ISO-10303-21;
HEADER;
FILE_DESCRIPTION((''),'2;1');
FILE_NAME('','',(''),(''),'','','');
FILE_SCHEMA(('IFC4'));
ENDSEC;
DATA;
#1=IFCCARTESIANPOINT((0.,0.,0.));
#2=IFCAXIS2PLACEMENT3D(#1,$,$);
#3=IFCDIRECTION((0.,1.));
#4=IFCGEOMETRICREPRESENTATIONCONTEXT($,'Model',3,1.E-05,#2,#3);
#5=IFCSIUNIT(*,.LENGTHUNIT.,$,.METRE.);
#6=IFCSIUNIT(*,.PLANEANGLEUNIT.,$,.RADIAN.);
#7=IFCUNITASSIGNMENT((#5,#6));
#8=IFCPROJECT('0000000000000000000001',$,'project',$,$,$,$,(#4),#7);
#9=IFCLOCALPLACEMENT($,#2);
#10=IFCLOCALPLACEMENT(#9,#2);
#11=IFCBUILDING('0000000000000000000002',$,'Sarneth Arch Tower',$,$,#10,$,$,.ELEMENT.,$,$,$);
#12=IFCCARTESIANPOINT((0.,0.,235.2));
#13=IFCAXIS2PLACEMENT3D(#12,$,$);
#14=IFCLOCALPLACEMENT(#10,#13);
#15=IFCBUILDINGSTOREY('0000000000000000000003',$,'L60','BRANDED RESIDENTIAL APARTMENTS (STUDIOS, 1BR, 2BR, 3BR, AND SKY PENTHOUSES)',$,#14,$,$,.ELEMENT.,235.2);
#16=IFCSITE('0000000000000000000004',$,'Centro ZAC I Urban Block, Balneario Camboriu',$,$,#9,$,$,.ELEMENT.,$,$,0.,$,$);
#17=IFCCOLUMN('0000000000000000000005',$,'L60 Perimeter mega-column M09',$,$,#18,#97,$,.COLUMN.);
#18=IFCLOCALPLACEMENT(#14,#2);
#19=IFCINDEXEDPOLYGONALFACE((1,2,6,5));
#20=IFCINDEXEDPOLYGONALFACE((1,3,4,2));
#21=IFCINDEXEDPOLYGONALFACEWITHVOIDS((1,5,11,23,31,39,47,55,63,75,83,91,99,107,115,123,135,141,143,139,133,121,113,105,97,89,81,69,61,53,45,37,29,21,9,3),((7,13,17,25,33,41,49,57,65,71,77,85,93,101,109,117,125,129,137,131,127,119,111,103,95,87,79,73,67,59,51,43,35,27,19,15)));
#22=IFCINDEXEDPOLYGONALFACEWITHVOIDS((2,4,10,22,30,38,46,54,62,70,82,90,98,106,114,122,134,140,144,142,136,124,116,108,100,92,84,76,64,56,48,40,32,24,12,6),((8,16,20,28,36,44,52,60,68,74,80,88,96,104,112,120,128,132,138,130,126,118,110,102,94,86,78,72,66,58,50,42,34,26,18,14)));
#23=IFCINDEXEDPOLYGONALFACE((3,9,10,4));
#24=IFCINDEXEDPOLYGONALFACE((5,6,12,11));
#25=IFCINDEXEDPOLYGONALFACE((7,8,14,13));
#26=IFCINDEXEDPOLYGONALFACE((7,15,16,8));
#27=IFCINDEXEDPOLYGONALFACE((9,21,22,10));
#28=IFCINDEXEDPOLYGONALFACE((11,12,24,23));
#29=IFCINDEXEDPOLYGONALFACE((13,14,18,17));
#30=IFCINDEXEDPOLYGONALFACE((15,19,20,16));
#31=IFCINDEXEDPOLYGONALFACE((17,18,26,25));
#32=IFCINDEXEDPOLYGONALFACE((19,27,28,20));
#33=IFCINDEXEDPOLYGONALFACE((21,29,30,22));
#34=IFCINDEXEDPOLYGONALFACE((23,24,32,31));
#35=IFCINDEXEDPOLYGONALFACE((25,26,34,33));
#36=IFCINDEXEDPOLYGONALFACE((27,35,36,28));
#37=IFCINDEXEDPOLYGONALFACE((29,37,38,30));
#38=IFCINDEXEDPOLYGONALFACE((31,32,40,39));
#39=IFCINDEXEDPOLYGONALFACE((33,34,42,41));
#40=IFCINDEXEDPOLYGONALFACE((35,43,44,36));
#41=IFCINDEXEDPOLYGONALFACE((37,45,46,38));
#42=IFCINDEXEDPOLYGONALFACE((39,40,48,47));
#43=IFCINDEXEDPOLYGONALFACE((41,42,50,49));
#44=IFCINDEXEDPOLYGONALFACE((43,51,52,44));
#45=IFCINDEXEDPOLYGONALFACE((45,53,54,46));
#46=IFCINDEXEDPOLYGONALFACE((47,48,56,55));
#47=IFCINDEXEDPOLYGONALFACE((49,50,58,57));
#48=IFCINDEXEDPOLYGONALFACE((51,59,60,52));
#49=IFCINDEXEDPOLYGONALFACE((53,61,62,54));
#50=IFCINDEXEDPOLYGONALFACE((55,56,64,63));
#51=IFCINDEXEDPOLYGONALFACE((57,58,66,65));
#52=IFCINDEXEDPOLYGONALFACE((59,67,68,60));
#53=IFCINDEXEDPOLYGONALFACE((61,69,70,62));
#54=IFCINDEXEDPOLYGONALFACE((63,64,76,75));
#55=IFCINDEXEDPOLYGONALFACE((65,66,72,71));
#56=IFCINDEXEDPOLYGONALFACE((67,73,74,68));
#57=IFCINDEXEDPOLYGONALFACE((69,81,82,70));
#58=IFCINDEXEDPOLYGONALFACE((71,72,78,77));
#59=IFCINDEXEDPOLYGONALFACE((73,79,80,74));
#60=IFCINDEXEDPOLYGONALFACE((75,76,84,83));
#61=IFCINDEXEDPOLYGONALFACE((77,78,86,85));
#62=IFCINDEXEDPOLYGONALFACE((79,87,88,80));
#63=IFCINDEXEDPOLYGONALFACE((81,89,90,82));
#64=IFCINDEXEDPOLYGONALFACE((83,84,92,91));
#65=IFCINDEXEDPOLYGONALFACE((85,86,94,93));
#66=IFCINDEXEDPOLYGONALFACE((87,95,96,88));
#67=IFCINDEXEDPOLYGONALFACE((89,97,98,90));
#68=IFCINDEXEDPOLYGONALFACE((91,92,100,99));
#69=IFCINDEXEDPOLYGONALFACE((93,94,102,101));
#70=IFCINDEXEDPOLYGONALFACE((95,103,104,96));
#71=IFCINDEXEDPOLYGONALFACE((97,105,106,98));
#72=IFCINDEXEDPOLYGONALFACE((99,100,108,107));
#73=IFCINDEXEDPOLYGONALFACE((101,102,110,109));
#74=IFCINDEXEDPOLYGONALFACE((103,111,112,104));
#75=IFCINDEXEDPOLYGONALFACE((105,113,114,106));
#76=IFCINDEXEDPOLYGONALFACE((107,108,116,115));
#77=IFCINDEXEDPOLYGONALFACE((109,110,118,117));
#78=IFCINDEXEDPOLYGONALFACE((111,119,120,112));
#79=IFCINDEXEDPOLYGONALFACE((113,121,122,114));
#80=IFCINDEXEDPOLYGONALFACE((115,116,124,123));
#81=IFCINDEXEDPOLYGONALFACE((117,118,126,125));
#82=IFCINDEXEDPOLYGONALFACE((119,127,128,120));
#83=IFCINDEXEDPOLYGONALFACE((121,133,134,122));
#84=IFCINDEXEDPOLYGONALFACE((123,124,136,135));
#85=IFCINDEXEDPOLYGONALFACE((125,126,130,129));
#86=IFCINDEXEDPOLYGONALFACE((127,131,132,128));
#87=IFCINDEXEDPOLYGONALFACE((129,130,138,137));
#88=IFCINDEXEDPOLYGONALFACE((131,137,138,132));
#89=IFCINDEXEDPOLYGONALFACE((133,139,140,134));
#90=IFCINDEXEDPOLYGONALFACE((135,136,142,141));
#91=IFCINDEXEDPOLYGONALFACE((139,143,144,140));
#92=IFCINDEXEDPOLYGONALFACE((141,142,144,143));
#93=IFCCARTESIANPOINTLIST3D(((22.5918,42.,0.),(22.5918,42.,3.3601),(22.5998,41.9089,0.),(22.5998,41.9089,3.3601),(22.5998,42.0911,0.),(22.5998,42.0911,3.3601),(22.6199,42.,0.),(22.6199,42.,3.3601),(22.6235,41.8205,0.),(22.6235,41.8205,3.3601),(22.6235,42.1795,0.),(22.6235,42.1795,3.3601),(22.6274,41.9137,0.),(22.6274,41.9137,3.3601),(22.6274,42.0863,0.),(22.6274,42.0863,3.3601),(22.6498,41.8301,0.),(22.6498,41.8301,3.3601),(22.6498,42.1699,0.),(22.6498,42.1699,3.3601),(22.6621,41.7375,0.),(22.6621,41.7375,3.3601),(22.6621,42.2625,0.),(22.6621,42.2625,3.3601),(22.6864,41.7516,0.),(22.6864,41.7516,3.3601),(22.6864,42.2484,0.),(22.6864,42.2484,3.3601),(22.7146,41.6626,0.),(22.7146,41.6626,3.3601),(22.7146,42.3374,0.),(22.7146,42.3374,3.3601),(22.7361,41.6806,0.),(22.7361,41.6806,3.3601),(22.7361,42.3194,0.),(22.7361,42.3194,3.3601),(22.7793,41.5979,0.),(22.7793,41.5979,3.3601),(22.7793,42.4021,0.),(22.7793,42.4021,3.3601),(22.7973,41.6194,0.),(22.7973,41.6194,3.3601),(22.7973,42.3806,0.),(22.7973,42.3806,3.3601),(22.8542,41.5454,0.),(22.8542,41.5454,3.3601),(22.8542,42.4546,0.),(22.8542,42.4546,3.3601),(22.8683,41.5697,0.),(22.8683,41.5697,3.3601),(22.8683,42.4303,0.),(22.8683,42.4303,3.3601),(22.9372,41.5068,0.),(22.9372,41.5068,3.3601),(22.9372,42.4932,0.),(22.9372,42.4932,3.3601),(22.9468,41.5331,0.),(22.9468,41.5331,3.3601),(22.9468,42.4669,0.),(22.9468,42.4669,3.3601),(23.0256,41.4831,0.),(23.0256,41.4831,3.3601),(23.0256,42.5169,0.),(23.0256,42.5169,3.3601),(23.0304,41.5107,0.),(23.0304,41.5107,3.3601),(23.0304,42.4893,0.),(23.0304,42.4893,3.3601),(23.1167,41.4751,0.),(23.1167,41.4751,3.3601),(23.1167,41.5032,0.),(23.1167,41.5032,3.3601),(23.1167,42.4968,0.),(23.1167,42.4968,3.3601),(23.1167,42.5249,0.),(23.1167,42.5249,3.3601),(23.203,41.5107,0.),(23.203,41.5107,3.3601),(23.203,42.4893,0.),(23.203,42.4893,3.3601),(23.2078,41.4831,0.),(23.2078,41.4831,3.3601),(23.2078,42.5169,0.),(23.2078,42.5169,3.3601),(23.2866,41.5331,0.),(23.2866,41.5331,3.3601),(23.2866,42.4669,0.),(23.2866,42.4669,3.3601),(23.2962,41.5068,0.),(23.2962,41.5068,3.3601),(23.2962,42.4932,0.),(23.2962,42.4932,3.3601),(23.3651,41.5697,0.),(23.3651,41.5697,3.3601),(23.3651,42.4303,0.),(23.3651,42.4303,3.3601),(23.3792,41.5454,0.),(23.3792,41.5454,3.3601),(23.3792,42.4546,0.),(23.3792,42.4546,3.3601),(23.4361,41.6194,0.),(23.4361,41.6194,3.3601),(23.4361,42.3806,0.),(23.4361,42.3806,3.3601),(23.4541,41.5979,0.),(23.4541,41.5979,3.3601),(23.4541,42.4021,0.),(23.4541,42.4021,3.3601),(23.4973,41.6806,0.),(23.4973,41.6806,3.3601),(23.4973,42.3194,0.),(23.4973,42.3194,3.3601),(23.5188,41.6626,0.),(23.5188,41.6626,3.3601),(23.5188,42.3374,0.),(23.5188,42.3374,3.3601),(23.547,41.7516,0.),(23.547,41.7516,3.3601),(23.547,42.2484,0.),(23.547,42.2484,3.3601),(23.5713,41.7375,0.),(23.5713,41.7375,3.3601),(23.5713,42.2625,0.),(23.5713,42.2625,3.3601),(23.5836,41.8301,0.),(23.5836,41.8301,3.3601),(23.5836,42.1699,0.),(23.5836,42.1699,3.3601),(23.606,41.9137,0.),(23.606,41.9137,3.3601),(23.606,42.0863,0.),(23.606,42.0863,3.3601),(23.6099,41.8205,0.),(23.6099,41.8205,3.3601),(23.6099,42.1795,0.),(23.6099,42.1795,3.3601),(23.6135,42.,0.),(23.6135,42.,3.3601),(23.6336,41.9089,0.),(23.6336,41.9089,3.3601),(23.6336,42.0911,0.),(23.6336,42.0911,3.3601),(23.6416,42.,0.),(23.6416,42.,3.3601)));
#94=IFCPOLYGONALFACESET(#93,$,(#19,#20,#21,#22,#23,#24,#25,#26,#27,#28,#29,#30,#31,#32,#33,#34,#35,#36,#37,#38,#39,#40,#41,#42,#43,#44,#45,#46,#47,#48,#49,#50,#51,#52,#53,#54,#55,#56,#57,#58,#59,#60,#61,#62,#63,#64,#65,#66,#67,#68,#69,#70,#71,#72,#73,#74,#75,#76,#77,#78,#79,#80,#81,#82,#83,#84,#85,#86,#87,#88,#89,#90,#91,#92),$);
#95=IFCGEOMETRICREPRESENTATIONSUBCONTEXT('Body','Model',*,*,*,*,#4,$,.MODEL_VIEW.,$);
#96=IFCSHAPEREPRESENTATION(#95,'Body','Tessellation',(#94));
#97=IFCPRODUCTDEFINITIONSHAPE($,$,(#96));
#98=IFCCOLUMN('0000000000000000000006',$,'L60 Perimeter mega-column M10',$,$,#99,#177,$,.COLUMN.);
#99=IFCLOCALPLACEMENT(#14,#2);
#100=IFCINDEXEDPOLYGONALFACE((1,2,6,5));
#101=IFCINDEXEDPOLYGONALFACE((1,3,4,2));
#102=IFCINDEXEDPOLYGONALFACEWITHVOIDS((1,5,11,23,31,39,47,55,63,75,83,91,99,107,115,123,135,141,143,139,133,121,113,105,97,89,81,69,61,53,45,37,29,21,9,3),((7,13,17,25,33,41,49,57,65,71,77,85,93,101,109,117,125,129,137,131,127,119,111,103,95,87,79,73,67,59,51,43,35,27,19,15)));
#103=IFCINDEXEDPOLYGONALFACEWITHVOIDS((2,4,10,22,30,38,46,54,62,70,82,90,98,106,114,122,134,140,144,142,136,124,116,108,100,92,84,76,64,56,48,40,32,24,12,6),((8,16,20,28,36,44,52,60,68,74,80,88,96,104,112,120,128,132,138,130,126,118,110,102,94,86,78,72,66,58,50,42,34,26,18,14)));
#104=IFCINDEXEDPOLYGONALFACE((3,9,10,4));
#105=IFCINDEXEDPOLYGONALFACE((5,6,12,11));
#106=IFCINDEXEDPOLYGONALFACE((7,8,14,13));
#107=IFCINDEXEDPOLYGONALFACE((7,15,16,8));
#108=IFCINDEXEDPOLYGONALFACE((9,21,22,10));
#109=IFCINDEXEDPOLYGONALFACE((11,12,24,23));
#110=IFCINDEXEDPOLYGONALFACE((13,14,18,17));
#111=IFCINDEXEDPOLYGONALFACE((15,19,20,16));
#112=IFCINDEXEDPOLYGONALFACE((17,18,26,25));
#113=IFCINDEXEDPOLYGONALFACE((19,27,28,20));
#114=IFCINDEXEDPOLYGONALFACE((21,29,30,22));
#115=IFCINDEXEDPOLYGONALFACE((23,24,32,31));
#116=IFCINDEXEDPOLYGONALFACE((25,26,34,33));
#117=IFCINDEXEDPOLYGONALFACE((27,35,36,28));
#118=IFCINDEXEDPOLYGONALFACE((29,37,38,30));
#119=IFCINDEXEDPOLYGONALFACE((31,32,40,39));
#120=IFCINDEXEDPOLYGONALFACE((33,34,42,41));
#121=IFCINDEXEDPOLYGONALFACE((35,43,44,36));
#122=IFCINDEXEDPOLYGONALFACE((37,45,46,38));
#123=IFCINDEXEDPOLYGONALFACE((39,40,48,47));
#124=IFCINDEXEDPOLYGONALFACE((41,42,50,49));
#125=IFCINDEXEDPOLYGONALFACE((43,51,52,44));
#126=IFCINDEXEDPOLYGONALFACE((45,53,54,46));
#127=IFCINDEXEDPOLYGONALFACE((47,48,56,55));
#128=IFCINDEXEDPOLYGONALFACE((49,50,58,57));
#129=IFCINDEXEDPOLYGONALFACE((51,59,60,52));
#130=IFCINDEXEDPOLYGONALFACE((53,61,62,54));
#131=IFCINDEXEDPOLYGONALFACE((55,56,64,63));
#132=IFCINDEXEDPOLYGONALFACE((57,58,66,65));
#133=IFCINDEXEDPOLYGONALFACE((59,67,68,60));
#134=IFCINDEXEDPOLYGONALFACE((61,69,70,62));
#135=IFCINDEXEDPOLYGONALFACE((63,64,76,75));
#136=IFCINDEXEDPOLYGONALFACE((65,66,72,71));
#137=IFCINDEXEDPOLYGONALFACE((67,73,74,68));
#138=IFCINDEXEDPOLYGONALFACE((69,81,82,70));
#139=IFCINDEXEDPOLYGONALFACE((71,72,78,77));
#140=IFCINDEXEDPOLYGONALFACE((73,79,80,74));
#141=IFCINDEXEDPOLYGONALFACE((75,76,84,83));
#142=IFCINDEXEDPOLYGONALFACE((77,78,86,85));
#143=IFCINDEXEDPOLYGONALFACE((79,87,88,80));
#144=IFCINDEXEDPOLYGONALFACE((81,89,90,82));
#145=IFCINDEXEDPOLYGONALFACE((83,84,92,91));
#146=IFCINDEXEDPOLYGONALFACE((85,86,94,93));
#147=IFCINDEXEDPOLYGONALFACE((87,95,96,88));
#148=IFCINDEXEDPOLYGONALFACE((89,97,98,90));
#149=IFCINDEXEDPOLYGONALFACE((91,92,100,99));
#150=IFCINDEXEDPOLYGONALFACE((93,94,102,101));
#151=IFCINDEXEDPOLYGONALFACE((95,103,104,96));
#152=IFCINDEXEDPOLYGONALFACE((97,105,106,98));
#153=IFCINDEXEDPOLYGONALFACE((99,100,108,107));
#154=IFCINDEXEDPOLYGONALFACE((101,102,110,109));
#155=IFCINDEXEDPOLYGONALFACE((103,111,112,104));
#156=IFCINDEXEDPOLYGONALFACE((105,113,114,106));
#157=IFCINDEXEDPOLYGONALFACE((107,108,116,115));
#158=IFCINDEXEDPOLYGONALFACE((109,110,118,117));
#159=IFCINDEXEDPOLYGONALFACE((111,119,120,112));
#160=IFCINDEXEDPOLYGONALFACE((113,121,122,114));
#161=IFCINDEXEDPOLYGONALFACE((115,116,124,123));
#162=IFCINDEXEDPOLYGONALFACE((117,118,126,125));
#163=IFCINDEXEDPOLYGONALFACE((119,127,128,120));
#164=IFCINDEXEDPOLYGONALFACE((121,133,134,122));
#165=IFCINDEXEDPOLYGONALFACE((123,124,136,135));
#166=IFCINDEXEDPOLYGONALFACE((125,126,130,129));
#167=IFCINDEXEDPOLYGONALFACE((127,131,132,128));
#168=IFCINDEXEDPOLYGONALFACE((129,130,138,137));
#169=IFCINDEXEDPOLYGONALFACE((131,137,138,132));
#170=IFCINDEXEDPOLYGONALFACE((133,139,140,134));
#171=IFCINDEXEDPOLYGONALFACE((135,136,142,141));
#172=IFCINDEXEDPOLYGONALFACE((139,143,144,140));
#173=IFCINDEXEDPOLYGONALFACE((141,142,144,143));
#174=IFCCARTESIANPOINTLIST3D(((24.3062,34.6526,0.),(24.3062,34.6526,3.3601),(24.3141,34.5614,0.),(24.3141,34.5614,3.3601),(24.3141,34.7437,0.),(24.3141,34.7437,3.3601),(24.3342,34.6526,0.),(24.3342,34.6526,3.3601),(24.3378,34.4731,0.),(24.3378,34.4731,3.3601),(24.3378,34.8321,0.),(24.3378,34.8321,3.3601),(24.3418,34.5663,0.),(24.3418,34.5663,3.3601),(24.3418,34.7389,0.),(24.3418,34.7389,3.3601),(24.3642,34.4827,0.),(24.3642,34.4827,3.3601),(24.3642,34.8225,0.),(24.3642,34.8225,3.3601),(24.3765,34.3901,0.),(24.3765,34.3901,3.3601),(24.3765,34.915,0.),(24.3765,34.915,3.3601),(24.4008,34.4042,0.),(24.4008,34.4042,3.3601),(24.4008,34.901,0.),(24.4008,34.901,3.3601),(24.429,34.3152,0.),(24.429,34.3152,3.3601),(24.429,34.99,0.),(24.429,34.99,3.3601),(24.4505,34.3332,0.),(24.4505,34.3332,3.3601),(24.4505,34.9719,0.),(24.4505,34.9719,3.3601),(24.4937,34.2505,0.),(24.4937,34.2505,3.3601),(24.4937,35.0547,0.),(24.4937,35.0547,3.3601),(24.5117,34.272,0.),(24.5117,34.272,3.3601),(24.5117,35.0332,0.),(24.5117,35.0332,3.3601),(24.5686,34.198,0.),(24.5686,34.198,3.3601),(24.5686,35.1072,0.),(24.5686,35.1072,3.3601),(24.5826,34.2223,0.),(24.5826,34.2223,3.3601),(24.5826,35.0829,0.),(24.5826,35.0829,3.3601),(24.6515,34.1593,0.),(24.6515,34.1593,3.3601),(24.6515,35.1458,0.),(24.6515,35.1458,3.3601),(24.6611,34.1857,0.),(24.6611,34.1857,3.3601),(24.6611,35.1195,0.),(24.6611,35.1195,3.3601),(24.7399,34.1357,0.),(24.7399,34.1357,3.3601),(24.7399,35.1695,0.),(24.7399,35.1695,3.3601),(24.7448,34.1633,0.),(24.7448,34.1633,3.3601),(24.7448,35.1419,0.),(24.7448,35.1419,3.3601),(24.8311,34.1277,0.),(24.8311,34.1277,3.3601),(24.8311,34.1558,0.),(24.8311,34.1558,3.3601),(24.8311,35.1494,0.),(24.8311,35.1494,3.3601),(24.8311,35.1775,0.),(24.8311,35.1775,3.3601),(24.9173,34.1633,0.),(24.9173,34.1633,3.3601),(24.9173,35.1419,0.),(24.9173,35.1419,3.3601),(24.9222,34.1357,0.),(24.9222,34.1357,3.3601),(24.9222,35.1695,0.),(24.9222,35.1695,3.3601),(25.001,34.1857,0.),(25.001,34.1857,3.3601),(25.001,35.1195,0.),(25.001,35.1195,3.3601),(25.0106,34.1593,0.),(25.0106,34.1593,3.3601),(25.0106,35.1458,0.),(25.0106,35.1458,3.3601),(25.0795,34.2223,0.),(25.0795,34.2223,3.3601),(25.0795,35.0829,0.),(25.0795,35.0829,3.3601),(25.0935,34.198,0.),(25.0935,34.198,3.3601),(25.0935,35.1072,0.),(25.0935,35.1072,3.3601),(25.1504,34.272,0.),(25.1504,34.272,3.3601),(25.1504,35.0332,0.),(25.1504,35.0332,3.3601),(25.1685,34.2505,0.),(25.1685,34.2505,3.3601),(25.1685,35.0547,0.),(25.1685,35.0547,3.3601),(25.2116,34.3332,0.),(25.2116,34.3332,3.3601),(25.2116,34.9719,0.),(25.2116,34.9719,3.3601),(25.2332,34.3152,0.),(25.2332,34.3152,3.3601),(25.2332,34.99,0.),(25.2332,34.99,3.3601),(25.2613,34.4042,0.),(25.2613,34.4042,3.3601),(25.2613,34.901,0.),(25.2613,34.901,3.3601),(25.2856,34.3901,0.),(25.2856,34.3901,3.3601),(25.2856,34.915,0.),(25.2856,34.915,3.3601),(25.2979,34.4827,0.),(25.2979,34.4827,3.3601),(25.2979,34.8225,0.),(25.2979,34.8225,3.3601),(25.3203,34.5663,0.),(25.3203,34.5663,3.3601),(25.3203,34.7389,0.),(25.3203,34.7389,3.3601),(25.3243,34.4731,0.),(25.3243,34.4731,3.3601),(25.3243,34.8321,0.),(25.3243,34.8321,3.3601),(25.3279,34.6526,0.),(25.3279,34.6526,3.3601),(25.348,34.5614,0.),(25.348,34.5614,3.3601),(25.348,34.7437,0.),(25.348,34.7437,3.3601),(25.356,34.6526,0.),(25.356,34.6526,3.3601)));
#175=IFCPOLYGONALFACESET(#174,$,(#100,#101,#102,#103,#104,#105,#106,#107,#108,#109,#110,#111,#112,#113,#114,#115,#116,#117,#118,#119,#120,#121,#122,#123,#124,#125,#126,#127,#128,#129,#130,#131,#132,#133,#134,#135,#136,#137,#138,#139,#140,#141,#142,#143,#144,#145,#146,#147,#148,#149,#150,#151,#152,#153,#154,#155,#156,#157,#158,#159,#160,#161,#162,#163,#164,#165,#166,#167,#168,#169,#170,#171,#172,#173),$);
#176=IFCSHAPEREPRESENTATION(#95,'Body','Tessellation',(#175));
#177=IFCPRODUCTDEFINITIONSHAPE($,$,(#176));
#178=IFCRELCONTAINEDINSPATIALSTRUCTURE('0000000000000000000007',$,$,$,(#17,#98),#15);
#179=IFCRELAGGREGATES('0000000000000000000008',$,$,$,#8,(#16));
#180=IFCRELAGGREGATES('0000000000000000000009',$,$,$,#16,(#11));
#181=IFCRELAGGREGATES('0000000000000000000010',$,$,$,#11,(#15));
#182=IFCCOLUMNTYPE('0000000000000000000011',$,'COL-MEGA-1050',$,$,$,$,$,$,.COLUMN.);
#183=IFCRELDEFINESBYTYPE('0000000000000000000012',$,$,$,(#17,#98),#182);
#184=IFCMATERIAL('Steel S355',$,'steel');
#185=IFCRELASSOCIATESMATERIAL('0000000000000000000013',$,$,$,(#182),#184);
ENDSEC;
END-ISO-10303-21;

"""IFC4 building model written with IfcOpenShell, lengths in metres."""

from ifc_helpers import new_model, si_unit, direction, frame, origin, origin_2d, place, context, subcontext, project, spatial, hollow_circle, extrude, material, material_profile, profile_set, type_object, element, save


model = new_model("IFC4")

# Units and contexts
model_context = context("Model", 3, precision=1e-05, world=origin(), true_north=direction((0.0, 1.0)))
body_context = subcontext(model_context, "Body", "Model", "MODEL_VIEW")
ifc_project = project(units=[si_unit("LENGTHUNIT", "METRE"), si_unit("PLANEANGLEUNIT", "RADIAN")], contexts=[model_context])

# Site, building, storey
site_placement = place(None, origin())
site = spatial("IfcSite", under=ifc_project, at=site_placement, Name="Centro ZAC I Urban Block, Balneario Camboriu", CompositionType="ELEMENT", RefElevation=0.0)
building_placement = place(site_placement, origin())
building = spatial("IfcBuilding", under=site, at=building_placement, Name="Sarneth Arch Tower", CompositionType="ELEMENT")
storey_placement = place(building_placement, frame((0.0, 0.0, 235.2)))
storey = spatial("IfcBuildingStorey", under=building, at=storey_placement, Name="L60", Description="BRANDED RESIDENTIAL APARTMENTS (STUDIOS, 1BR, 2BR, 3BR, AND SKY PENTHOUSES)", CompositionType="ELEMENT", Elevation=235.2)

# Columns
ifc_material_1 = material(Name="Steel S355", Category="steel")
ifc_material_profile_1 = material_profile(ifc_material_1, hollow_circle(Radius=0.5249, WallThickness=0.0281, at=origin_2d()), Name="CHS1050x28")
ifc_profile_set_1 = profile_set([ifc_material_profile_1], Name="Steel S355")
column_type = type_object("IfcColumnType", Name="COL-MEGA-1050", PredefinedType="COLUMN", material=ifc_profile_set_1)
for number, where, z_axis, x_axis, name in (
    (1, (23.1167, 42.0, 0.0), (0.0, 0.0, 1.0), (1.0, 0.0, 0.0), "L60 Perimeter mega-column M09"),
    (2, (24.8311, 34.6526, 0.0), (0.0, 0.0, 1.0), (1.0, 0.0, 0.0), "L60 Perimeter mega-column M10"),
):
    element("IfcColumn", number, at=place(storey_placement, frame(where, z_axis=z_axis, x_axis=x_axis)), inside=storey, type_object=column_type, Name=name, PredefinedType="COLUMN", context=body_context, shape_type="SweptSolid", body=[
        extrude(hollow_circle(Radius=0.5249, WallThickness=0.0281, at=origin_2d()), origin(), (0.0, 0.0, 1.0), 3.3601),
    ])

save(model, "model.ifc")
